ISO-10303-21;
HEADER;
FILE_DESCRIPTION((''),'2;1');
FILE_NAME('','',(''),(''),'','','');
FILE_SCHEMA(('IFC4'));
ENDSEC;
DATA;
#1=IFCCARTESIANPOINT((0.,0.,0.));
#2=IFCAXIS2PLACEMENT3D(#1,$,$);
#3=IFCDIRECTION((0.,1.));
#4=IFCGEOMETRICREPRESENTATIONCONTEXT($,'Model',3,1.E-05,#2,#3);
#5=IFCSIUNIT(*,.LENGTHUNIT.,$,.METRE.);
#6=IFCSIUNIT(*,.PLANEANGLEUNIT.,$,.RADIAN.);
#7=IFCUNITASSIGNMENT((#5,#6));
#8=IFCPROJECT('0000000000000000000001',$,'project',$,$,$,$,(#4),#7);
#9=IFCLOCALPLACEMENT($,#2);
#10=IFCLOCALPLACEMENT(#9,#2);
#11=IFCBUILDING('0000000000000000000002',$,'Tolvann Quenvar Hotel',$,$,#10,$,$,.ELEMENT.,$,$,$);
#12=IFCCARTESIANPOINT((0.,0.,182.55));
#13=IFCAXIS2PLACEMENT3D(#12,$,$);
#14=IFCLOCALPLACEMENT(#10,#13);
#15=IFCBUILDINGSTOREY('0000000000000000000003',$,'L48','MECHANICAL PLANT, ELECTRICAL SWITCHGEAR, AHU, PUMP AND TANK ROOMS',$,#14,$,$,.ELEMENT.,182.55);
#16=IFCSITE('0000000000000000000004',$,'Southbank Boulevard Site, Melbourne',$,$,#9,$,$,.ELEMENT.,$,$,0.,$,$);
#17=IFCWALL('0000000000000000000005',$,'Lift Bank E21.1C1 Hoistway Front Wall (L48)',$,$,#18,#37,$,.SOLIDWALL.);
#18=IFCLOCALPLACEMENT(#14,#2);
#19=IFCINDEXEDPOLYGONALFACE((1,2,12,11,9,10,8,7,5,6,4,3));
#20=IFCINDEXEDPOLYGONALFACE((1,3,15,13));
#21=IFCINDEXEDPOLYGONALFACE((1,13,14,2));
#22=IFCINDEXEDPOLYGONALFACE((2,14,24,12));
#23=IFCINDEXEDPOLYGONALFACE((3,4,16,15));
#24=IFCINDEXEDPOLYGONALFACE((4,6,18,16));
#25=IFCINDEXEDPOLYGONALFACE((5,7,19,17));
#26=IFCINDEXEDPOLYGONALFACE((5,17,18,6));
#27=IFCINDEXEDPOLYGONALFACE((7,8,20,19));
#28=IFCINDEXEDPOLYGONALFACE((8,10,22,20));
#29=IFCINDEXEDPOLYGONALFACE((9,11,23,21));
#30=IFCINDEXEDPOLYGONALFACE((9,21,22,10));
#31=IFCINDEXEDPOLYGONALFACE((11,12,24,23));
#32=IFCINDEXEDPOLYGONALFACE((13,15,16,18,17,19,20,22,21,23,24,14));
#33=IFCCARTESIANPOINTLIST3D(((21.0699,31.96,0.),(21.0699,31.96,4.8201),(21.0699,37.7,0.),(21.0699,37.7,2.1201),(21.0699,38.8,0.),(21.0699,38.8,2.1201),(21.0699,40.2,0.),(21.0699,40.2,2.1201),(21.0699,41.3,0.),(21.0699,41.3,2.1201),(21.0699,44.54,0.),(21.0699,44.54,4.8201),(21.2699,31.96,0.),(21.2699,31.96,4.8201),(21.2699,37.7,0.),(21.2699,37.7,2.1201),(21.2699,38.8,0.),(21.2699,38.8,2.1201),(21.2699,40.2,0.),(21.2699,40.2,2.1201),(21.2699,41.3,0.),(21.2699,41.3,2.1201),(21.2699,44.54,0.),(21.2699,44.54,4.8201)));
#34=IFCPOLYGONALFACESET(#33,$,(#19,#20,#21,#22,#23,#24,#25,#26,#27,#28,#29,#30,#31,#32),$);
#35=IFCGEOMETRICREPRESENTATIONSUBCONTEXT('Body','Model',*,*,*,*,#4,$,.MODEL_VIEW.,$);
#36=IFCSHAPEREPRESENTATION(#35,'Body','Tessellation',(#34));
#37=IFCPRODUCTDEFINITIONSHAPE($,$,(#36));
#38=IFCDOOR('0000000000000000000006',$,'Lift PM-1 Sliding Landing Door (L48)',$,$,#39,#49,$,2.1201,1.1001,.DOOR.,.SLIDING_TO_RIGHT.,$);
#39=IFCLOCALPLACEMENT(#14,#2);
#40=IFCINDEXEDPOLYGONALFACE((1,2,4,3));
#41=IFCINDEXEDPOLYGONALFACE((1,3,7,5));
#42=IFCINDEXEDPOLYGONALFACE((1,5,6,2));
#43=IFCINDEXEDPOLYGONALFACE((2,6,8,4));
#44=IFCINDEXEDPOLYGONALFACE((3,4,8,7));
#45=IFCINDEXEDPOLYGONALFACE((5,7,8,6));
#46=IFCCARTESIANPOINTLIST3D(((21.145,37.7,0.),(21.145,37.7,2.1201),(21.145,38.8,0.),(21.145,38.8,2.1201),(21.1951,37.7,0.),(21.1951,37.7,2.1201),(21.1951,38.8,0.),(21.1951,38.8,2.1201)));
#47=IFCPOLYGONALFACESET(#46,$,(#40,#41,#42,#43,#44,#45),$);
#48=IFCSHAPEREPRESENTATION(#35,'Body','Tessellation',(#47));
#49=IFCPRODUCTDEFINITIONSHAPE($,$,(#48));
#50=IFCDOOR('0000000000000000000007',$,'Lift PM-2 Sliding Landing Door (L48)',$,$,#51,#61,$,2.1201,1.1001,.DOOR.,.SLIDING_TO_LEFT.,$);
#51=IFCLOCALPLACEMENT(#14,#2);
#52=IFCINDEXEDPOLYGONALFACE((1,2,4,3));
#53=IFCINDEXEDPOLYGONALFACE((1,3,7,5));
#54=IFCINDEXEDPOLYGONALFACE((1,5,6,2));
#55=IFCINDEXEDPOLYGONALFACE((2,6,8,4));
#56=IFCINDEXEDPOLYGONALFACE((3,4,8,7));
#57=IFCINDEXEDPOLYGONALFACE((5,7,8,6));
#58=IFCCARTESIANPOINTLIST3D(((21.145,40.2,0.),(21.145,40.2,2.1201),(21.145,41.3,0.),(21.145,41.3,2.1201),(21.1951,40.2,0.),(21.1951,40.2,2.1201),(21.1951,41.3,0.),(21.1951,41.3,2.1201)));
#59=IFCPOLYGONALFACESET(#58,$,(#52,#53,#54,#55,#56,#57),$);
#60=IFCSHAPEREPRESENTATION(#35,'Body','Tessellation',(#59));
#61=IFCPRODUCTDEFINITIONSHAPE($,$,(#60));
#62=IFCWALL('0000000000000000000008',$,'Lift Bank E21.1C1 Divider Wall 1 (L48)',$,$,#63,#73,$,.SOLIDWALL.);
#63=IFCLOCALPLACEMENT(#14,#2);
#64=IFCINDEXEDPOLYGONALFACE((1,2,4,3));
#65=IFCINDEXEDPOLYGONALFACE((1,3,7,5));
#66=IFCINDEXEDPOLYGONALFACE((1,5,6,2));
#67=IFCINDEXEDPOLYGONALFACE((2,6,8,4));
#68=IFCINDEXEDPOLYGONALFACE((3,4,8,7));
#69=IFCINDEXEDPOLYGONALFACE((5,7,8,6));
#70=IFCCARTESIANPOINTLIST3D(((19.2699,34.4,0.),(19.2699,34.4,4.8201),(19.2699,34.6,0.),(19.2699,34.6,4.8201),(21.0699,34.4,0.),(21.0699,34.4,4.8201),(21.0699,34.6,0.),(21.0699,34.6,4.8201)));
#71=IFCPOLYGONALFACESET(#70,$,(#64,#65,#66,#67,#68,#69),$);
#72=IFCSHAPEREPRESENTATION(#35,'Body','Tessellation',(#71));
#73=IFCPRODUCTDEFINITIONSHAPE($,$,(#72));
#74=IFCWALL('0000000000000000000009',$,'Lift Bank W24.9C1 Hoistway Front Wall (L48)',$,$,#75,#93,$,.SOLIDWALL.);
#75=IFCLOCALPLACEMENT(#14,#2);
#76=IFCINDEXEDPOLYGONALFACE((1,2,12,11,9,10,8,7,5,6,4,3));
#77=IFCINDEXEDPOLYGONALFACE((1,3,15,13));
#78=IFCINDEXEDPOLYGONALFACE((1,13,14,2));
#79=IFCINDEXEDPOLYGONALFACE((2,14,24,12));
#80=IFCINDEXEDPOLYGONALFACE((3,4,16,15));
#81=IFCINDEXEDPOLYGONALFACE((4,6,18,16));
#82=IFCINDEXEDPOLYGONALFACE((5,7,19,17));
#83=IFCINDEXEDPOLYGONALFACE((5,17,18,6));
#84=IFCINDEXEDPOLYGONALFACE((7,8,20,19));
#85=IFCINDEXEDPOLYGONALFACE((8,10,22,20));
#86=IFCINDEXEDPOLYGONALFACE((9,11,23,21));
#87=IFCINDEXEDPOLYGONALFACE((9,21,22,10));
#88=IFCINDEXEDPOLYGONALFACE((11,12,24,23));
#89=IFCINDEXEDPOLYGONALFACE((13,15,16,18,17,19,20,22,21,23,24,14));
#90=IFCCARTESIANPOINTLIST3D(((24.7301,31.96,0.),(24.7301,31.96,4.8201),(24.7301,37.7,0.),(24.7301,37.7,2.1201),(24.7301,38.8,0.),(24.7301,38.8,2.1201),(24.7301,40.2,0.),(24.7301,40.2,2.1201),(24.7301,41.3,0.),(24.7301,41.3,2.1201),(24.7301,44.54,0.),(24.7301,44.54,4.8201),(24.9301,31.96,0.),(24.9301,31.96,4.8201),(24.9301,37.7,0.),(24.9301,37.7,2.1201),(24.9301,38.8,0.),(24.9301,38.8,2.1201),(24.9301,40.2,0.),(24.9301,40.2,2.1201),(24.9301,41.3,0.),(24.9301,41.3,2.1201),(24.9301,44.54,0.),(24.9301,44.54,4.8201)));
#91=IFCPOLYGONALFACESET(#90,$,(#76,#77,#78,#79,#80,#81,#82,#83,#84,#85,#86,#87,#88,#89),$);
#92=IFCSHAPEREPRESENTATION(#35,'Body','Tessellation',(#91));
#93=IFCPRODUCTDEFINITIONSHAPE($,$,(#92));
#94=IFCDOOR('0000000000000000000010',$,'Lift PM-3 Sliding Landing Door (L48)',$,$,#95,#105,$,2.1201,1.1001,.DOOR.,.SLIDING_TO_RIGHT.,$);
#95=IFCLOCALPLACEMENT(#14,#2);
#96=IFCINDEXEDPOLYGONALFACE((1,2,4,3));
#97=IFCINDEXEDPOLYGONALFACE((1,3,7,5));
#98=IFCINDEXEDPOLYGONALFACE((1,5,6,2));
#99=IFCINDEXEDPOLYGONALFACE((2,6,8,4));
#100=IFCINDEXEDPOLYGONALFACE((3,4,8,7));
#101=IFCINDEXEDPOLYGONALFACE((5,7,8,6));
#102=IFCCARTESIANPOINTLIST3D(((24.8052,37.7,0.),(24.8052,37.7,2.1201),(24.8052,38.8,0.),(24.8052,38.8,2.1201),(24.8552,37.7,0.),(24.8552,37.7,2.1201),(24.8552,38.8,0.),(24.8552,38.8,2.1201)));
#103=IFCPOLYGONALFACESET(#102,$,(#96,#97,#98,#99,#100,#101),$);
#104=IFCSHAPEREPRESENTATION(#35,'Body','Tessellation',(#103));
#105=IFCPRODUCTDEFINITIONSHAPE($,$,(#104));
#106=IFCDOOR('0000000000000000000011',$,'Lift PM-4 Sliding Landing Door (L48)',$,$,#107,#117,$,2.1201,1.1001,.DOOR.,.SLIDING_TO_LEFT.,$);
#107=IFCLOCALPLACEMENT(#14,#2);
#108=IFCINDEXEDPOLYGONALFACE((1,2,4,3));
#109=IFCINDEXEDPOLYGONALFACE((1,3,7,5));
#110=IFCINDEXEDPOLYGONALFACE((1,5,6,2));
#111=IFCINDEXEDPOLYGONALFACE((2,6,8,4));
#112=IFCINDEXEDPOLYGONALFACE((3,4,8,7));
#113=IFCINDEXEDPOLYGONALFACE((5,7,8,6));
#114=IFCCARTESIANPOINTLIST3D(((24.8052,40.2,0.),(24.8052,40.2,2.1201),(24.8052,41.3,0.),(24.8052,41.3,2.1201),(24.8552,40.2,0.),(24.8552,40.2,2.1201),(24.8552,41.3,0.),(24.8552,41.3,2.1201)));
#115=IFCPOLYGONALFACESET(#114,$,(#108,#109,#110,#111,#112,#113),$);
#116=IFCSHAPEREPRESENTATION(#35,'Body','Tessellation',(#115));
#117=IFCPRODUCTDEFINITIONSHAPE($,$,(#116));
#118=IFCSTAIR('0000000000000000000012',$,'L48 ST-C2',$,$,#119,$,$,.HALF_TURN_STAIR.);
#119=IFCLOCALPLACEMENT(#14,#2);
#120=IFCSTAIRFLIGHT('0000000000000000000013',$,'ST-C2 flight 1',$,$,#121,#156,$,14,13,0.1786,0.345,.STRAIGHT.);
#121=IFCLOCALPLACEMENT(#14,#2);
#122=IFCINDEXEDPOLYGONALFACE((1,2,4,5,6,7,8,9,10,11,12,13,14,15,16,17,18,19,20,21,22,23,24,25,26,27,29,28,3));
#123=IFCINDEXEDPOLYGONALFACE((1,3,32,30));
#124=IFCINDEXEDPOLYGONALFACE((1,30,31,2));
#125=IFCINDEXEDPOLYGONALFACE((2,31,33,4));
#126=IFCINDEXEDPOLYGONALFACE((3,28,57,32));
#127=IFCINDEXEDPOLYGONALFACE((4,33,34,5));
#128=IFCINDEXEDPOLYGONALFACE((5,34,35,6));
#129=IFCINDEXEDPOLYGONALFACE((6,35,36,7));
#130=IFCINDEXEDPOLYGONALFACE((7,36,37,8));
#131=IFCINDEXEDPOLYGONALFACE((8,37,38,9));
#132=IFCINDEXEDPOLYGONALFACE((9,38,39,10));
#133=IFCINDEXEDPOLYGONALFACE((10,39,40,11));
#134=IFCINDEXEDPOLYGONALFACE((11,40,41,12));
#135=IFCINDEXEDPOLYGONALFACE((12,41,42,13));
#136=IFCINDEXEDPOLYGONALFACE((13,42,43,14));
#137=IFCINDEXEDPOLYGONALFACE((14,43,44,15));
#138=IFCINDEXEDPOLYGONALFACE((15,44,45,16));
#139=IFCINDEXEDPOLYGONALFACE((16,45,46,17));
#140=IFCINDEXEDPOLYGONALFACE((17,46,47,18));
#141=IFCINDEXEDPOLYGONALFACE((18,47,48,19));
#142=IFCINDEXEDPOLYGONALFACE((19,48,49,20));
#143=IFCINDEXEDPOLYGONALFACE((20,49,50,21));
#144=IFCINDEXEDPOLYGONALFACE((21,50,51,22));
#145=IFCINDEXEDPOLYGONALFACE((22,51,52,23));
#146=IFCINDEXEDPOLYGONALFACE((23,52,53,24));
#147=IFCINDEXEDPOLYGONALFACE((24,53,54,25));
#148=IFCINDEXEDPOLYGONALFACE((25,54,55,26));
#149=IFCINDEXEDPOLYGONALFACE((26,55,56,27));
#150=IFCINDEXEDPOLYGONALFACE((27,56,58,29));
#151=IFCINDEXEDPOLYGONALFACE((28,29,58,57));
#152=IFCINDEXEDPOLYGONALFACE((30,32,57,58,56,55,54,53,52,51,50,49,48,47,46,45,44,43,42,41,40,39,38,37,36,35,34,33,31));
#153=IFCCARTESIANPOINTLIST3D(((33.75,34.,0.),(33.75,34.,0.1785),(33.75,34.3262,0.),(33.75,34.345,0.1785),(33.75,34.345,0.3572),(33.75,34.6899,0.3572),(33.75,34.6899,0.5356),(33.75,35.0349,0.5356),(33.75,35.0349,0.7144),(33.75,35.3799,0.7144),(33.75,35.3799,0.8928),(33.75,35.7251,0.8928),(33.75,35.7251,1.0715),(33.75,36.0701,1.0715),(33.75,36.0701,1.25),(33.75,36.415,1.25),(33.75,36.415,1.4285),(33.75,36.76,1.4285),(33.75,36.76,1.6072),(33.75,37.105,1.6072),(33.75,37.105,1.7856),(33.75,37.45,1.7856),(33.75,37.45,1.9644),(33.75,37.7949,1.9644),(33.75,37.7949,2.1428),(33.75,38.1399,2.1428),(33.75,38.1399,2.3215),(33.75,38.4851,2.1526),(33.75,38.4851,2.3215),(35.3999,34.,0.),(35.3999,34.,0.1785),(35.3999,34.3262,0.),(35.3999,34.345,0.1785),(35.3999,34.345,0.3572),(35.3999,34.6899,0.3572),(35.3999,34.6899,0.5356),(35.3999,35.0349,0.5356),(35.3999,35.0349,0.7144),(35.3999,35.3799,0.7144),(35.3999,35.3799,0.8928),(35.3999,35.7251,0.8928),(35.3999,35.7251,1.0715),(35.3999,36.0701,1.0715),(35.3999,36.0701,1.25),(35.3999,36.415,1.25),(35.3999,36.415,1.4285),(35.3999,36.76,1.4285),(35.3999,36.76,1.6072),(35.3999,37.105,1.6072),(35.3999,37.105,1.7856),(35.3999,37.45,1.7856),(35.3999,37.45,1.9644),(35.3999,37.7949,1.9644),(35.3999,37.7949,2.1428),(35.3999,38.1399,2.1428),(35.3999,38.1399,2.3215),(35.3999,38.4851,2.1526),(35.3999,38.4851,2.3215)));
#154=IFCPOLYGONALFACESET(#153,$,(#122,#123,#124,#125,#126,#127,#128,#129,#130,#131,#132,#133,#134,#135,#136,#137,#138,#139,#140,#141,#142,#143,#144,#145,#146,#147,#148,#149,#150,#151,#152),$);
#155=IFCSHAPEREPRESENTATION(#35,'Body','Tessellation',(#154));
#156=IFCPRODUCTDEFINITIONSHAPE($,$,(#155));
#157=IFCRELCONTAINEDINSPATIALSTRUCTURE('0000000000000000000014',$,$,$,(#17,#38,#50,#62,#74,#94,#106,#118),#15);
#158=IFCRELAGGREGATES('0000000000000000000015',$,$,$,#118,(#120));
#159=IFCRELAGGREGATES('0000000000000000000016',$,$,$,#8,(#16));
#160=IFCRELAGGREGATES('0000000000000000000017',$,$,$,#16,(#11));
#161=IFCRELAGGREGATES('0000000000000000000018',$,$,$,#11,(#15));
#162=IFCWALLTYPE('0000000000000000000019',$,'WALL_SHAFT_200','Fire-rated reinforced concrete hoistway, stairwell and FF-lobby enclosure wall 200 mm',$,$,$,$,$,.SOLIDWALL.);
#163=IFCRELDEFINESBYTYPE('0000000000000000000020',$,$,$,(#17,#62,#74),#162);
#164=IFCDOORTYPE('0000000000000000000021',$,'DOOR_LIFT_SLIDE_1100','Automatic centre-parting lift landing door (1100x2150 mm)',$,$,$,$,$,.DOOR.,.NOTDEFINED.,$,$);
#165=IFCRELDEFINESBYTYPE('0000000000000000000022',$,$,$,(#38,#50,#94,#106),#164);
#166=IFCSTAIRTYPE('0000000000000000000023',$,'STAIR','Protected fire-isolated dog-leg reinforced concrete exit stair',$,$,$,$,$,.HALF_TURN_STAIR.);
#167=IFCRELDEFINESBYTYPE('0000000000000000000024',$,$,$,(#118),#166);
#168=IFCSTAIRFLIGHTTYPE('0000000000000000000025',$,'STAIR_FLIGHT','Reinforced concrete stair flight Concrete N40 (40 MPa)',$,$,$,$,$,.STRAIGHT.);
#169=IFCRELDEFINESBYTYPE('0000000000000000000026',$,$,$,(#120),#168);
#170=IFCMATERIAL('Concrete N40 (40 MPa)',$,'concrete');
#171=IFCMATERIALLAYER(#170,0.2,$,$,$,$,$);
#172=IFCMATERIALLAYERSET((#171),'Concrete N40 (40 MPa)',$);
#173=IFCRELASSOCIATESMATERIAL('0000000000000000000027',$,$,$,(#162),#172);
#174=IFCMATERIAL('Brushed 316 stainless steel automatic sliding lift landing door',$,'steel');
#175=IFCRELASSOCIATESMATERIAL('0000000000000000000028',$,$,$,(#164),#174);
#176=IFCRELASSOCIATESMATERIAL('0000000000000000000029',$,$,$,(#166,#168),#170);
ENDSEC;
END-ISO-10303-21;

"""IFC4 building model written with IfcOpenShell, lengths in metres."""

from ifc_helpers import new_model, si_unit, direction, frame, frame_2d, origin, place, context, subcontext, project, spatial, polyline, rectangle, outline, extrude, source, transform, mapped, material, layer, layer_set, type_object, type_shapes, element, fill, aggregate, save


model = new_model("IFC4")

# Units and contexts
model_context = context("Model", 3, precision=1e-05, world=origin(), true_north=direction((0.0, 1.0)))
body_context = subcontext(model_context, "Body", "Model", "MODEL_VIEW")
ifc_project = project(units=[si_unit("LENGTHUNIT", "METRE"), si_unit("PLANEANGLEUNIT", "RADIAN")], contexts=[model_context])

# Site, building, storey
site_placement = place(None, origin())
site = spatial("IfcSite", under=ifc_project, at=site_placement, Name="Southbank Boulevard Site, Melbourne", CompositionType="ELEMENT", RefElevation=0.0)
building_placement = place(site_placement, origin())
building = spatial("IfcBuilding", under=site, at=building_placement, Name="Tolvann Quenvar Hotel", CompositionType="ELEMENT")
storey_placement = place(building_placement, frame((0.0, 0.0, 182.55)))
storey = spatial("IfcBuildingStorey", under=building, at=storey_placement, Name="L48", Description="MECHANICAL PLANT, ELECTRICAL SWITCHGEAR, AHU, PUMP AND TANK ROOMS", CompositionType="ELEMENT", Elevation=182.55)

# Shared definitions
ifc_material_1 = material(Name="Concrete N40 (40 MPa)", Category="concrete")
ifc_layer_1 = layer(ifc_material_1, 0.2)
ifc_layer_set_1 = layer_set([ifc_layer_1], Name="Concrete N40 (40 MPa)")
wall_type_1 = type_object("IfcWallType", Name="WALL_SHAFT_200", Description="Fire-rated reinforced concrete hoistway, stairwell and FF-lobby enclosure wall 200 mm", PredefinedType="SOLIDWALL", material=ifc_layer_set_1)

# Wall, openings, doors
wall_1_placement = place(storey_placement, frame((21.1699, 31.96, 0.0), z_axis=(0.0, 0.0, 1.0), x_axis=(0.0, 1.0, 0.0)))
wall_1 = element("IfcWall", 1, at=wall_1_placement, inside=storey, type_object=wall_type_1, Name="Lift Bank E21.1C1 Hoistway Front Wall (L48)", PredefinedType="SOLIDWALL", context=body_context, shape_type="SweptSolid", body=[
    extrude(rectangle(XDim=12.5801, YDim=0.2, at=frame_2d((6.29, 0.0))), origin(), (0.0, 0.0, 1.0), 4.8201),
])
opening_1_placement = place(wall_1_placement, frame((5.74, 0.0, 0.0)))
opening_1 = element("IfcOpeningElement", 2, at=opening_1_placement, cuts=wall_1, PredefinedType="OPENING", context=body_context, shape_type="SweptSolid", body=[
    extrude(rectangle(XDim=1.1001, YDim=2.1201, at=frame_2d((0.55, 1.0601))), frame((0.0, 0.1099, 0.0), z_axis=(0.0, -1.0, 0.0), x_axis=(1.0, 0.0, 0.0)), (0.0, 0.0, 1.0), 0.22),
])
opening_2_placement = place(wall_1_placement, frame((8.24, 0.0, 0.0)))
opening_2 = element("IfcOpeningElement", 3, at=opening_2_placement, cuts=wall_1, PredefinedType="OPENING", context=body_context, shape_type="SweptSolid", body=[
    extrude(rectangle(XDim=1.1001, YDim=2.1201, at=frame_2d((0.55, 1.0601))), frame((0.0, 0.1099, 0.0), z_axis=(0.0, -1.0, 0.0), x_axis=(1.0, 0.0, 0.0)), (0.0, 0.0, 1.0), 0.22),
])
ifc_material_2 = material(Name="Brushed 316 stainless steel automatic sliding lift landing door", Category="steel")
door_type_1 = type_object("IfcDoorType", Name="DOOR_LIFT_SLIDE_1100", Description="Automatic centre-parting lift landing door (1100x2150 mm)", OperationType="NOTDEFINED", PredefinedType="DOOR", material=ifc_material_2)
shared_shape_1 = source(origin(), body_context, "Body", "SweptSolid", [
    extrude(rectangle(XDim=1.1001, YDim=2.1201, at=frame_2d((0.55, 1.0601))), frame((0.0, 0.0249, 0.0), z_axis=(0.0, -1.0, 0.0), x_axis=(1.0, 0.0, 0.0)), (0.0, 0.0, 1.0), 0.05),
])
type_shapes(door_type_1, [shared_shape_1])
door_1_placement = place(opening_1_placement, origin())
door_1 = element("IfcDoor", 4, at=door_1_placement, inside=storey, type_object=door_type_1, Name="Lift PM-1 Sliding Landing Door (L48)", OperationType="SLIDING_TO_RIGHT", OverallHeight=2.1201, OverallWidth=1.1001, PredefinedType="DOOR", context=body_context, shape_type="MappedRepresentation", body=[
    mapped(shared_shape_1, transform((0.0, 0.0, 0.0), x_axis=(1.0, 0.0, 0.0), y_axis=(0.0, 1.0, 0.0), z_axis=(0.0, 0.0, 1.0), scale=1.0)),
])
fill(opening_1, door_1)
door_2_placement = place(opening_2_placement, origin())
door_2 = element("IfcDoor", 5, at=door_2_placement, inside=storey, type_object=door_type_1, Name="Lift PM-2 Sliding Landing Door (L48)", OperationType="SLIDING_TO_LEFT", OverallHeight=2.1201, OverallWidth=1.1001, PredefinedType="DOOR", context=body_context, shape_type="MappedRepresentation", body=[
    mapped(shared_shape_1, transform((0.0, 0.0, 0.0), x_axis=(1.0, 0.0, 0.0), y_axis=(0.0, 1.0, 0.0), z_axis=(0.0, 0.0, 1.0), scale=1.0)),
])
fill(opening_2, door_2)

# Wall
wall_2_placement = place(storey_placement, frame((19.27, 34.5, 0.0), z_axis=(0.0, 0.0, 1.0), x_axis=(1.0, 0.0, 0.0)))
element("IfcWall", 6, at=wall_2_placement, inside=storey, type_object=wall_type_1, Name="Lift Bank E21.1C1 Divider Wall 1 (L48)", PredefinedType="SOLIDWALL", context=body_context, shape_type="SweptSolid", body=[
    extrude(rectangle(XDim=1.8, YDim=0.2, at=frame_2d((0.8999, 0.0))), origin(), (0.0, 0.0, 1.0), 4.8201),
])

# Wall, openings, doors
wall_3_placement = place(storey_placement, frame((24.8301, 31.96, 0.0), z_axis=(0.0, 0.0, 1.0), x_axis=(0.0, 1.0, 0.0)))
wall_3 = element("IfcWall", 7, at=wall_3_placement, inside=storey, type_object=wall_type_1, Name="Lift Bank W24.9C1 Hoistway Front Wall (L48)", PredefinedType="SOLIDWALL", context=body_context, shape_type="SweptSolid", body=[
    extrude(rectangle(XDim=12.5801, YDim=0.2, at=frame_2d((6.29, 0.0))), origin(), (0.0, 0.0, 1.0), 4.8201),
])
opening_3_placement = place(wall_3_placement, frame((5.74, 0.0, 0.0)))
opening_3 = element("IfcOpeningElement", 8, at=opening_3_placement, cuts=wall_3, PredefinedType="OPENING", context=body_context, shape_type="SweptSolid", body=[
    extrude(rectangle(XDim=1.1001, YDim=2.1201, at=frame_2d((0.55, 1.0601))), frame((0.0, 0.1099, 0.0), z_axis=(0.0, -1.0, 0.0), x_axis=(1.0, 0.0, 0.0)), (0.0, 0.0, 1.0), 0.22),
])
opening_4_placement = place(wall_3_placement, frame((8.24, 0.0, 0.0)))
opening_4 = element("IfcOpeningElement", 9, at=opening_4_placement, cuts=wall_3, PredefinedType="OPENING", context=body_context, shape_type="SweptSolid", body=[
    extrude(rectangle(XDim=1.1001, YDim=2.1201, at=frame_2d((0.55, 1.0601))), frame((0.0, 0.1099, 0.0), z_axis=(0.0, -1.0, 0.0), x_axis=(1.0, 0.0, 0.0)), (0.0, 0.0, 1.0), 0.22),
])
door_3_placement = place(opening_3_placement, origin())
door_3 = element("IfcDoor", 10, at=door_3_placement, inside=storey, type_object=door_type_1, Name="Lift PM-3 Sliding Landing Door (L48)", OperationType="SLIDING_TO_RIGHT", OverallHeight=2.1201, OverallWidth=1.1001, PredefinedType="DOOR", context=body_context, shape_type="MappedRepresentation", body=[
    mapped(shared_shape_1, transform((0.0, 0.0, 0.0), x_axis=(1.0, 0.0, 0.0), y_axis=(0.0, 1.0, 0.0), z_axis=(0.0, 0.0, 1.0), scale=1.0)),
])
fill(opening_3, door_3)
door_4_placement = place(opening_4_placement, origin())
door_4 = element("IfcDoor", 11, at=door_4_placement, inside=storey, type_object=door_type_1, Name="Lift PM-4 Sliding Landing Door (L48)", OperationType="SLIDING_TO_LEFT", OverallHeight=2.1201, OverallWidth=1.1001, PredefinedType="DOOR", context=body_context, shape_type="MappedRepresentation", body=[
    mapped(shared_shape_1, transform((0.0, 0.0, 0.0), x_axis=(1.0, 0.0, 0.0), y_axis=(0.0, 1.0, 0.0), z_axis=(0.0, 0.0, 1.0), scale=1.0)),
])
fill(opening_4, door_4)

# Stair, stair flight
stair_type = type_object("IfcStairType", Name="STAIR", Description="Protected fire-isolated dog-leg reinforced concrete exit stair", PredefinedType="HALF_TURN_STAIR", material=ifc_material_1)
stair_placement = place(storey_placement, origin())
stair = element("IfcStair", 12, at=stair_placement, inside=storey, type_object=stair_type, Name="L48 ST-C2", PredefinedType="HALF_TURN_STAIR")
stair_flight_type = type_object("IfcStairFlightType", Name="STAIR_FLIGHT", Description="Reinforced concrete stair flight Concrete N40 (40 MPa)", PredefinedType="STRAIGHT", material=ifc_material_1)
stair_flight_placement = place(storey_placement, frame((34.575, 34.0, 0.0), z_axis=(0.0, 0.0, 1.0), x_axis=(0.0, 1.0, 0.0)))
stair_flight = element("IfcStairFlight", 13, at=stair_flight_placement, type_object=stair_flight_type, Name="ST-C2 flight 1", NumberOfRisers=14, NumberOfTreads=13, PredefinedType="STRAIGHT", RiserHeight=0.1786, TreadLength=0.345, context=body_context, shape_type="SweptSolid", body=[
    extrude(outline(polyline([(0.0, 0.0), (0.0, 0.1785), (0.345, 0.1785), (0.345, 0.3572), (0.6899, 0.3572), (0.6899, 0.5356), (1.0349, 0.5356), (1.0349, 0.7144), (1.3799, 0.7144), (1.3799, 0.8928), (1.7251, 0.8928), (1.7251, 1.0715), (2.0701, 1.0715), (2.0701, 1.25), (2.415, 1.25), (2.415, 1.4285), (2.76, 1.4285), (2.76, 1.6072), (3.105, 1.6072), (3.105, 1.7856), (3.45, 1.7856), (3.45, 1.9644), (3.7949, 1.9644), (3.7949, 2.1428), (4.1399, 2.1428), (4.1399, 2.3215), (4.4851, 2.3215), (4.4851, 2.5), (4.4851, 2.1526), (0.3262, 0.0), (0.0, 0.0)])), frame((0.0, 0.825, 0.0), z_axis=(0.0, -1.0, 0.0), x_axis=(1.0, 0.0, 0.0)), (0.0, 0.0, 1.0), 1.6499),
])
aggregate(stair, [stair_flight])

save(model, "model.ifc")
